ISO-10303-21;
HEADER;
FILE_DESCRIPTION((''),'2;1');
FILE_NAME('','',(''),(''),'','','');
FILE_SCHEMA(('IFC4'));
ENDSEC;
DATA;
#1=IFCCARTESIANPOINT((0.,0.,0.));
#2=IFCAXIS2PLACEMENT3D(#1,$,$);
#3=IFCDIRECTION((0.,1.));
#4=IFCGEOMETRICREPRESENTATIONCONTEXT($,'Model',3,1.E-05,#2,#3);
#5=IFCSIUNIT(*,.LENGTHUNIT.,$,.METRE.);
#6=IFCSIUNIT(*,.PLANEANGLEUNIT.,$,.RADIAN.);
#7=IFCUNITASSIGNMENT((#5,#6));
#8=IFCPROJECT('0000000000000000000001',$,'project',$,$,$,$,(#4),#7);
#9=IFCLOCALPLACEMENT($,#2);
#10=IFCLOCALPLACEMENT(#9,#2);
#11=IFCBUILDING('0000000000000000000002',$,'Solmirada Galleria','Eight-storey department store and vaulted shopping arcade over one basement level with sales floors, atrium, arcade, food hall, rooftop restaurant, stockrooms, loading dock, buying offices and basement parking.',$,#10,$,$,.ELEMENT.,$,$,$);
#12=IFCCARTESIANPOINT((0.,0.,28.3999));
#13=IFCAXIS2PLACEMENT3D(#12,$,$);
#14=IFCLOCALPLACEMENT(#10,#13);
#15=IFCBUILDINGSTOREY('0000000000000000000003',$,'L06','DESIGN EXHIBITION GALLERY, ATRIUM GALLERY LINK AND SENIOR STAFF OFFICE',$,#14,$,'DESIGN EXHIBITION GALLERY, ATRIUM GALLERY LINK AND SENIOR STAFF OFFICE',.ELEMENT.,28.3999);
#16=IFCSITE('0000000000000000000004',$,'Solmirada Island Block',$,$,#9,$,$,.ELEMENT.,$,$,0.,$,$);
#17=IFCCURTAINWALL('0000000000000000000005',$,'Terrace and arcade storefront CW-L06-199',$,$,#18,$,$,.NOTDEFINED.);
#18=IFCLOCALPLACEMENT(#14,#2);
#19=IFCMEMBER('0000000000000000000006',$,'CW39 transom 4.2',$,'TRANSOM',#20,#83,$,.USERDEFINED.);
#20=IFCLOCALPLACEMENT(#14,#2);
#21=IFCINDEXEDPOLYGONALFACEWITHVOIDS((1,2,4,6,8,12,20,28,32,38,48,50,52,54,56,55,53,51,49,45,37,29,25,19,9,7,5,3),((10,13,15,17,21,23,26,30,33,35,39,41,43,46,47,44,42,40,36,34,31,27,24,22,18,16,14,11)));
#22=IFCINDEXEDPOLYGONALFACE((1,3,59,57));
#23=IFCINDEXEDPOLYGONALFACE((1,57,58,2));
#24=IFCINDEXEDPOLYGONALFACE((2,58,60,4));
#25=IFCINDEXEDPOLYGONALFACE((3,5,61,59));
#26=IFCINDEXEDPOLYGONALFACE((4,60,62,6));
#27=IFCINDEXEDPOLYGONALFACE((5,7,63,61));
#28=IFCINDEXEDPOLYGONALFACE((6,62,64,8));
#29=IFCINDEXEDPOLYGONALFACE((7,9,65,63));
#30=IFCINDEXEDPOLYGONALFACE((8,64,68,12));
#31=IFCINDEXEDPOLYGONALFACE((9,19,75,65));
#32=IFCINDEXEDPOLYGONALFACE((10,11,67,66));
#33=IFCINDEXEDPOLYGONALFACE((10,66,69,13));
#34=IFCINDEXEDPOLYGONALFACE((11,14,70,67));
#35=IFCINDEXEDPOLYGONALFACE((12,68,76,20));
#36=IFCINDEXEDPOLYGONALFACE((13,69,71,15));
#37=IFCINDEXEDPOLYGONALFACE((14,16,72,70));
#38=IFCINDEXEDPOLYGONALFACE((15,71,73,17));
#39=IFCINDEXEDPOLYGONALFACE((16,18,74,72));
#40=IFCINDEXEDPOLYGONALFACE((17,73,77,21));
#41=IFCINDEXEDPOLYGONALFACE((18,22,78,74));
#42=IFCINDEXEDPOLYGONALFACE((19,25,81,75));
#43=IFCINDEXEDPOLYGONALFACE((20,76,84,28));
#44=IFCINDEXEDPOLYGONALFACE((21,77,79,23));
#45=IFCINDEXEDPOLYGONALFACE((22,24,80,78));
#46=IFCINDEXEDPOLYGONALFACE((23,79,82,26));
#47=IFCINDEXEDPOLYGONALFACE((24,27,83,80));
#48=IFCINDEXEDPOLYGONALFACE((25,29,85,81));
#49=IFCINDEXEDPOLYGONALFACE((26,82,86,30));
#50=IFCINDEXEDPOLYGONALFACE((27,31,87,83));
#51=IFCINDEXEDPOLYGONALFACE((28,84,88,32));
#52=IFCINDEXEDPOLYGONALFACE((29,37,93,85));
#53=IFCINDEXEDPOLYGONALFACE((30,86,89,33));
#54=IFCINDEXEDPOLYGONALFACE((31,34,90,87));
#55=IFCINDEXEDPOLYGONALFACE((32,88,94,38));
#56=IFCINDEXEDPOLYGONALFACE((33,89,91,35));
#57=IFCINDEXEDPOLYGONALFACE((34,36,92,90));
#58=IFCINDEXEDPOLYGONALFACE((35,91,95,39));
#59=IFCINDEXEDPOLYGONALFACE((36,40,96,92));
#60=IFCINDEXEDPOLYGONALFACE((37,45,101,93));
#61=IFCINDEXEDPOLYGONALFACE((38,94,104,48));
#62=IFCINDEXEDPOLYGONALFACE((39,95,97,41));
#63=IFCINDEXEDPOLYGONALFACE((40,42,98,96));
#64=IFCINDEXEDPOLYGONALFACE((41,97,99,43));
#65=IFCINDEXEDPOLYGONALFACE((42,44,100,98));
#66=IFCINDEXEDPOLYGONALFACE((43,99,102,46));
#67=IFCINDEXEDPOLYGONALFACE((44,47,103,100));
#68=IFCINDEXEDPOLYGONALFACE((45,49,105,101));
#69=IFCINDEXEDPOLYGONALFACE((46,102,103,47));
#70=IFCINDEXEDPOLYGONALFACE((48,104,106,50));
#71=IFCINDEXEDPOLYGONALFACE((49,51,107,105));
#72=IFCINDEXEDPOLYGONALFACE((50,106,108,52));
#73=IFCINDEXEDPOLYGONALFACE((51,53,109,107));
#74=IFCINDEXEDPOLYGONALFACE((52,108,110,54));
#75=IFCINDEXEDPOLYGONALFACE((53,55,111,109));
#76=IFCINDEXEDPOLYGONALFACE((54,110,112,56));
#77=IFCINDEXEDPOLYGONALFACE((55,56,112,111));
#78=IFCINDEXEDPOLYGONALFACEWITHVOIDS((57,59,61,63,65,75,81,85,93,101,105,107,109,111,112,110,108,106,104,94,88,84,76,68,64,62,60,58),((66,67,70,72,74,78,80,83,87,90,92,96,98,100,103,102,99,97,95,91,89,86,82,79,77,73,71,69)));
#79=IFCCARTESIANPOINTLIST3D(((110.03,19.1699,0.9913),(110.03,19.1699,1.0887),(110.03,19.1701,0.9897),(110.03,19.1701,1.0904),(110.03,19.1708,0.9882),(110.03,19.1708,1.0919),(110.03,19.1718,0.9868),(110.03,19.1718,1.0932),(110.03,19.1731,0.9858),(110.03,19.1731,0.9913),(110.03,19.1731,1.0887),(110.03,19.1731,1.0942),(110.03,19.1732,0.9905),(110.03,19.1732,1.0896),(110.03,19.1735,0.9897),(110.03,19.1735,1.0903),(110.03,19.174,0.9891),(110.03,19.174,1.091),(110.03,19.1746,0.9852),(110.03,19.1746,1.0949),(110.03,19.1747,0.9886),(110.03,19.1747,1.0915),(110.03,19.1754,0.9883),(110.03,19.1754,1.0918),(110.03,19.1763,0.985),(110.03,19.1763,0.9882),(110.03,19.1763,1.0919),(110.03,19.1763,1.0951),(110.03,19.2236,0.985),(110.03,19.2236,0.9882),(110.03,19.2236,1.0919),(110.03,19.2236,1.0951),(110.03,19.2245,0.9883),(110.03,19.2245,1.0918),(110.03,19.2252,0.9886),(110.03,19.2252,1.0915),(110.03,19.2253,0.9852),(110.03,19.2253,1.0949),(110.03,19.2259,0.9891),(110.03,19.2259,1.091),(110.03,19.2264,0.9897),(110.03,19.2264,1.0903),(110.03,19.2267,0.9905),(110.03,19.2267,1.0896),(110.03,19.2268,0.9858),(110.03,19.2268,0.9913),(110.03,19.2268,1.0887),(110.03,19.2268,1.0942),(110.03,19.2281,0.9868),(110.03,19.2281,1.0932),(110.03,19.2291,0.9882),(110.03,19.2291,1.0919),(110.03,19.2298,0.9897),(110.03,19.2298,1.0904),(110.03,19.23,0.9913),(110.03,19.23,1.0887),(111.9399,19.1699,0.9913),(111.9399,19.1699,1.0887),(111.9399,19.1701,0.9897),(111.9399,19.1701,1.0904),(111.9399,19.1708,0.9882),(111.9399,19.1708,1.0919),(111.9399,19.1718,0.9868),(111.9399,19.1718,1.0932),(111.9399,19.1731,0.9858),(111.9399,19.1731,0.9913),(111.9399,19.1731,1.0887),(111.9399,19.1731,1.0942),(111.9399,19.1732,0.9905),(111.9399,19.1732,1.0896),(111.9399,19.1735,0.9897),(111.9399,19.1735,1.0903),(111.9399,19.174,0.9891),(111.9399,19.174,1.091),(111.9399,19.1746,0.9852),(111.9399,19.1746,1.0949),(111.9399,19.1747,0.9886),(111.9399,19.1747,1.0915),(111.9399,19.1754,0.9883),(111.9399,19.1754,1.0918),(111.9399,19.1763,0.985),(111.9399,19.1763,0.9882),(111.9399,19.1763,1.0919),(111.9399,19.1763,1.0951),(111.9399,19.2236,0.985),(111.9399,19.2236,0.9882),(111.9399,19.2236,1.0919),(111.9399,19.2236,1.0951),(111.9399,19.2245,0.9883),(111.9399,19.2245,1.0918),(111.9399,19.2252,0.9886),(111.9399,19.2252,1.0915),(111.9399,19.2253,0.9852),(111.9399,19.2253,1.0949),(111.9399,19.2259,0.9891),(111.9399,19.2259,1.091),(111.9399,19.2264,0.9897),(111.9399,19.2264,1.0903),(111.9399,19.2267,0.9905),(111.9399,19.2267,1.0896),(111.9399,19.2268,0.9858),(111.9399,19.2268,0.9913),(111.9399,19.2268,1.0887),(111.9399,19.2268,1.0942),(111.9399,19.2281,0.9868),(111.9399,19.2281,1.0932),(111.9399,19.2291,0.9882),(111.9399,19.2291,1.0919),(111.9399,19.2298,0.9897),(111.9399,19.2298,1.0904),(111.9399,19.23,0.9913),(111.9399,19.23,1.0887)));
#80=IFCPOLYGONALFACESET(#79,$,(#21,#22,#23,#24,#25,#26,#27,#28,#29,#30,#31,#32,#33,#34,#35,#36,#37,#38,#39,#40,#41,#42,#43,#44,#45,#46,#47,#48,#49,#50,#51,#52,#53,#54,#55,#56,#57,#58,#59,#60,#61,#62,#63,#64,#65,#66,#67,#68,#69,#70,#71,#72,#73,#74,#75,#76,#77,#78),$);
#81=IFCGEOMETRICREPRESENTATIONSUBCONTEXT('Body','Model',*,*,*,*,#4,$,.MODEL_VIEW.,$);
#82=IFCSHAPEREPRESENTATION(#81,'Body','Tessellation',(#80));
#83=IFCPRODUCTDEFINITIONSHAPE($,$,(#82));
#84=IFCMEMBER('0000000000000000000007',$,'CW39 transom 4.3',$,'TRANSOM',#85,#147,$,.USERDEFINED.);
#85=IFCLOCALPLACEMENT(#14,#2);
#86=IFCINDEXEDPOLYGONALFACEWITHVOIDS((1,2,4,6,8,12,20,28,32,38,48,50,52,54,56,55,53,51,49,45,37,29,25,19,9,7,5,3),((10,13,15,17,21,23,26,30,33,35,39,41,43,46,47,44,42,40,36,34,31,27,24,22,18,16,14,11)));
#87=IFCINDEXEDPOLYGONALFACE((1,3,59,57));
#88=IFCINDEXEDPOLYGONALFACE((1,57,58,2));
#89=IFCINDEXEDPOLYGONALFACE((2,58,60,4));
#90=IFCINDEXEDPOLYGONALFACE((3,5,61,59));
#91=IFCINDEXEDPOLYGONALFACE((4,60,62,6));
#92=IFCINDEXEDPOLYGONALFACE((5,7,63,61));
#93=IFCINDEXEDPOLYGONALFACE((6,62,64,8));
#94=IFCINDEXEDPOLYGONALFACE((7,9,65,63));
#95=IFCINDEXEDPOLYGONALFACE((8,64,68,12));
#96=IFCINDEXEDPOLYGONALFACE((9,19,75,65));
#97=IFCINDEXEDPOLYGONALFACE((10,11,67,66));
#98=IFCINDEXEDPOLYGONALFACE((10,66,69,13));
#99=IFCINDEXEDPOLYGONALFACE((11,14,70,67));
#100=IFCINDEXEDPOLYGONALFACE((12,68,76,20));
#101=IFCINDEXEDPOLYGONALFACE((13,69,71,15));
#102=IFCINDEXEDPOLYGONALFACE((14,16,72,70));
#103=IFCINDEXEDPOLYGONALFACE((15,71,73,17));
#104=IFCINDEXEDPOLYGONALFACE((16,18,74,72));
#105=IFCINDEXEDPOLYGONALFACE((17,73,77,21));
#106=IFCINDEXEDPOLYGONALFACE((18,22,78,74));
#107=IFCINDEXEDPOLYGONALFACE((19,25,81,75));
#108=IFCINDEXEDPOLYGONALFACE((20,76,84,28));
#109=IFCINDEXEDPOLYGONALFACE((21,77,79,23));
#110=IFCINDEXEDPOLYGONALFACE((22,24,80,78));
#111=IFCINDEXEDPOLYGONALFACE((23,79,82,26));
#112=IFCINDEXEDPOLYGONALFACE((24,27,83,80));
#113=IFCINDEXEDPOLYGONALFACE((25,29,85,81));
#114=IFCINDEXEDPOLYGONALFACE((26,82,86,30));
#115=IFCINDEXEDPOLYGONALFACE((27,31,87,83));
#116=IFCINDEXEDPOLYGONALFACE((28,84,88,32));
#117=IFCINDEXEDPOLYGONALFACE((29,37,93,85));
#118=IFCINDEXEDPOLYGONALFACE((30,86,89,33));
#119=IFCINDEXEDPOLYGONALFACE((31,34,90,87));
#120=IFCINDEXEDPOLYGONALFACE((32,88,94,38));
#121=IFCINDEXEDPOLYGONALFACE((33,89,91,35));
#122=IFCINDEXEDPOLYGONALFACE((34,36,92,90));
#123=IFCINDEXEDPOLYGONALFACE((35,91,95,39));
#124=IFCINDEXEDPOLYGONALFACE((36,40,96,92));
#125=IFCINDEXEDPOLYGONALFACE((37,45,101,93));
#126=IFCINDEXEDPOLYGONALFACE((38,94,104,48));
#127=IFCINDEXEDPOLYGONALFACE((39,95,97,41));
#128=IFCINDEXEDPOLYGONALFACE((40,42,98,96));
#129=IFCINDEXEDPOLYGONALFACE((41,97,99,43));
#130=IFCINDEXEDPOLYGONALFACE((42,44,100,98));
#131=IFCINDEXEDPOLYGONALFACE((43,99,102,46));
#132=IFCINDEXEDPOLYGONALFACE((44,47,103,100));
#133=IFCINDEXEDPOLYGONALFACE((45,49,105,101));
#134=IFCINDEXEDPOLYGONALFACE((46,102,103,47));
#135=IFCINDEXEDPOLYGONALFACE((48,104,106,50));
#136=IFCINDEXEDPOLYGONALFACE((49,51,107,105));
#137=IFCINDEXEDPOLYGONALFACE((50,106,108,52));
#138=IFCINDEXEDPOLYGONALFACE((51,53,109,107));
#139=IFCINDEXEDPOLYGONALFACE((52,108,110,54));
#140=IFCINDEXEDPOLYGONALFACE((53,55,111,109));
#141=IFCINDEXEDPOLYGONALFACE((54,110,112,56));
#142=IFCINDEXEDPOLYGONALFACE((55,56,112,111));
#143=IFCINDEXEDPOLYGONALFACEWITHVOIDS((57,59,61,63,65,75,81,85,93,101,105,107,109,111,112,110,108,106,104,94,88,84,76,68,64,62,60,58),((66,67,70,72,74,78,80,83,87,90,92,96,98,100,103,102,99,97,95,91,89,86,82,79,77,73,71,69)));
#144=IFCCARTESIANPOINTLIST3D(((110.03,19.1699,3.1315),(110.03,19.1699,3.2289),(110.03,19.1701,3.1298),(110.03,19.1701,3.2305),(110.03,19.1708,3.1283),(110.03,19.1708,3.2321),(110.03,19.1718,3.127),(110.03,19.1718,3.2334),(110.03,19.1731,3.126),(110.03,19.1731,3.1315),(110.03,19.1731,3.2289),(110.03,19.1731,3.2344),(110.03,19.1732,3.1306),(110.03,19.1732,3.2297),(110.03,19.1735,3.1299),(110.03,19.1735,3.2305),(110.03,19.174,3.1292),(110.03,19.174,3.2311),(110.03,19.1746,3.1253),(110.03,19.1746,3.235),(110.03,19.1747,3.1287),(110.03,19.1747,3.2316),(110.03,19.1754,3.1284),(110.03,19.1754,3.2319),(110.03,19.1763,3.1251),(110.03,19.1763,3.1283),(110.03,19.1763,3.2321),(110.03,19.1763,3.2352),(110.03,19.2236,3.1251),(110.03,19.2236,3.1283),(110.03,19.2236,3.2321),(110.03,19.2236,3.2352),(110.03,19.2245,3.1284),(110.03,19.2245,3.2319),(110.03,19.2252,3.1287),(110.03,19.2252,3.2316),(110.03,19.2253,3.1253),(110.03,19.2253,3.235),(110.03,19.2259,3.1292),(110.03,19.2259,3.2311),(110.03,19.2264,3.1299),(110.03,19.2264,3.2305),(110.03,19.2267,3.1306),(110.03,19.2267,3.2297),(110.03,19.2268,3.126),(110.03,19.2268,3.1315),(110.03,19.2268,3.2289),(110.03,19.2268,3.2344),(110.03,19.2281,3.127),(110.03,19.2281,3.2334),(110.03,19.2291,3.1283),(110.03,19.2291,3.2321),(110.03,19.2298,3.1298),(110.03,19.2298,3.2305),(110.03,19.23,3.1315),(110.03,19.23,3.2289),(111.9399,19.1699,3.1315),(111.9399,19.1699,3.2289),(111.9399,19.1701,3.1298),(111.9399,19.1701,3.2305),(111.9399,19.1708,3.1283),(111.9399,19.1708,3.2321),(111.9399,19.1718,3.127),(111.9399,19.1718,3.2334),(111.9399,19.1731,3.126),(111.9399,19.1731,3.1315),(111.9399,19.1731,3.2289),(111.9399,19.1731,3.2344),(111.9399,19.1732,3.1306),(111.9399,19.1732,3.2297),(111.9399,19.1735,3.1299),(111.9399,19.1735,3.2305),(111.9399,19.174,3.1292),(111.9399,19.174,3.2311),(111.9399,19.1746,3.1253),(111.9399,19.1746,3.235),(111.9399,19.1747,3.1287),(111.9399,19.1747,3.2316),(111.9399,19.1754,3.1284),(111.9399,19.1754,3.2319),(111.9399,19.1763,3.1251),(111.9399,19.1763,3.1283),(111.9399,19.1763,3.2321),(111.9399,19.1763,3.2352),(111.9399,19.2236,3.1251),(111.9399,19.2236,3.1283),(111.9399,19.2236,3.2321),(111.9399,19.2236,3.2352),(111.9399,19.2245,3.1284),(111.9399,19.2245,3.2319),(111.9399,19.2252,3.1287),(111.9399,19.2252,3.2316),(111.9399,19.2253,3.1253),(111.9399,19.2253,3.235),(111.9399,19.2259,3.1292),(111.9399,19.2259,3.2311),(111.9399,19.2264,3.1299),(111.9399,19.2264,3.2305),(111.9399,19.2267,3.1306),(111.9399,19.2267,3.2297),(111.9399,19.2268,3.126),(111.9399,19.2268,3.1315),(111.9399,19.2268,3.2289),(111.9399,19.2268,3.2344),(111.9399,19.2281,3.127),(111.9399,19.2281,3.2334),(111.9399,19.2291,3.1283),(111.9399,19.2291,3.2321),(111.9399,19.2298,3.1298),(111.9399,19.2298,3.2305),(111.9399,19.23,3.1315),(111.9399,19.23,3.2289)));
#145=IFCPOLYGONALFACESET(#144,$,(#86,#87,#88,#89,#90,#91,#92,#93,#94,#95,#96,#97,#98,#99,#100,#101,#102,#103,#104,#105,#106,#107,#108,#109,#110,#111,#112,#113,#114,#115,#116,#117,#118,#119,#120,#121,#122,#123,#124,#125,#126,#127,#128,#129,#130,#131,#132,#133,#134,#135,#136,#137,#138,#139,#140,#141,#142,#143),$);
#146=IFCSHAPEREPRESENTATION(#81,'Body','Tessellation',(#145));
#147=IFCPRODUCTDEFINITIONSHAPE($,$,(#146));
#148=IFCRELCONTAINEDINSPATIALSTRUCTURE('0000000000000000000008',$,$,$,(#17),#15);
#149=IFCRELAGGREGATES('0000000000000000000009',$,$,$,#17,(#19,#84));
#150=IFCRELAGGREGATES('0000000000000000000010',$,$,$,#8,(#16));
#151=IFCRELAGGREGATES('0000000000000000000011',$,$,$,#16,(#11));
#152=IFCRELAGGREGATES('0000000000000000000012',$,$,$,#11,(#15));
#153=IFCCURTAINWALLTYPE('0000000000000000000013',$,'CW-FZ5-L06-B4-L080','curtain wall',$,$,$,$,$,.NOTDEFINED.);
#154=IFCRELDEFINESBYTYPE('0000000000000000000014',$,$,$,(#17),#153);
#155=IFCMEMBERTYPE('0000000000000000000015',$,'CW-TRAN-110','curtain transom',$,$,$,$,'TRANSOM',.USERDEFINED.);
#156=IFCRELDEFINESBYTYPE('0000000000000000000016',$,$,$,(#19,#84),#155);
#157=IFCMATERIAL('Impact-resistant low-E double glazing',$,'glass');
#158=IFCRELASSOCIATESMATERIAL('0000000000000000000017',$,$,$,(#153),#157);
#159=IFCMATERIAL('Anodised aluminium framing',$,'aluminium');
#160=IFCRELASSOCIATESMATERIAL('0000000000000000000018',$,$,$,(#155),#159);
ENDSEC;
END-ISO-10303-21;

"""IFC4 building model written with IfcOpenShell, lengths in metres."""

from ifc_helpers import new_model, si_unit, direction, frame, origin, origin_2d, place, context, subcontext, project, spatial, hollow_rectangle, extrude, material, material_profile, profile_set, type_object, element, aggregate, save


model = new_model("IFC4")

# Units and contexts
model_context = context("Model", 3, precision=1e-05, world=origin(), true_north=direction((0.0, 1.0)))
body_context = subcontext(model_context, "Body", "Model", "MODEL_VIEW")
ifc_project = project(units=[si_unit("LENGTHUNIT", "METRE"), si_unit("PLANEANGLEUNIT", "RADIAN")], contexts=[model_context])

# Site, building, storey
site_placement = place(None, origin())
site = spatial("IfcSite", under=ifc_project, at=site_placement, Name="Solmirada Island Block", CompositionType="ELEMENT", RefElevation=0.0)
building_placement = place(site_placement, origin())
building = spatial("IfcBuilding", under=site, at=building_placement, Name="Solmirada Galleria", Description="Eight-storey department store and vaulted shopping arcade over one basement level with sales floors, atrium, arcade, food hall, rooftop restaurant, stockrooms, loading dock, buying offices and basement parking.", CompositionType="ELEMENT")
storey_placement = place(building_placement, frame((0.0, 0.0, 28.3999)))
storey = spatial("IfcBuildingStorey", under=building, at=storey_placement, Name="L06", Description="DESIGN EXHIBITION GALLERY, ATRIUM GALLERY LINK AND SENIOR STAFF OFFICE", LongName="DESIGN EXHIBITION GALLERY, ATRIUM GALLERY LINK AND SENIOR STAFF OFFICE", CompositionType="ELEMENT", Elevation=28.3999)

# Curtain wall, members
ifc_material_1 = material(Name="Impact-resistant low-E double glazing", Category="glass")
curtain_wall_type = type_object("IfcCurtainWallType", Name="CW-FZ5-L06-B4-L080", Description="curtain wall", PredefinedType="NOTDEFINED", material=ifc_material_1)
curtain_wall_placement = place(storey_placement, origin())
curtain_wall = element("IfcCurtainWall", 1, at=curtain_wall_placement, inside=storey, type_object=curtain_wall_type, Name="Terrace and arcade storefront CW-L06-199", PredefinedType="NOTDEFINED")
ifc_material_2 = material(Name="Anodised aluminium framing", Category="aluminium")
ifc_material_profile_1 = material_profile(ifc_material_2, hollow_rectangle(XDim=0.0601, YDim=0.1101, WallThickness=0.0032, InnerFilletRadius=0.0032, OuterFilletRadius=0.0063, at=origin_2d()), Name="ALU-TRAN-110X60")
ifc_profile_set_1 = profile_set([ifc_material_profile_1], Name="Anodised aluminium framing")
member_type_1 = type_object("IfcMemberType", Name="CW-TRAN-110", Description="curtain transom", ElementType="TRANSOM", PredefinedType="USERDEFINED", material=ifc_profile_set_1)
member_1_placement = place(storey_placement, frame((110.03, 19.2, 1.04), z_axis=(1.0, 0.0, 0.0), x_axis=(0.0, 1.0, 0.0)))
member_1 = element("IfcMember", 2, at=member_1_placement, type_object=member_type_1, Name="CW39 transom 4.2", ObjectType="TRANSOM", PredefinedType="USERDEFINED", context=body_context, shape_type="SweptSolid", body=[
    extrude(hollow_rectangle(XDim=0.0601, YDim=0.1101, WallThickness=0.0032, InnerFilletRadius=0.0032, OuterFilletRadius=0.0063, at=origin_2d()), origin(), (0.0, 0.0, 1.0), 1.9099),
])
member_2_placement = place(storey_placement, frame((110.03, 19.2, 3.1802), z_axis=(1.0, 0.0, 0.0), x_axis=(0.0, 1.0, 0.0)))
member_2 = element("IfcMember", 3, at=member_2_placement, type_object=member_type_1, Name="CW39 transom 4.3", ObjectType="TRANSOM", PredefinedType="USERDEFINED", context=body_context, shape_type="SweptSolid", body=[
    extrude(hollow_rectangle(XDim=0.0601, YDim=0.1101, WallThickness=0.0032, InnerFilletRadius=0.0032, OuterFilletRadius=0.0063, at=origin_2d()), origin(), (0.0, 0.0, 1.0), 1.9099),
])

aggregate(curtain_wall, [member_1, member_2])

save(model, "model.ifc")
